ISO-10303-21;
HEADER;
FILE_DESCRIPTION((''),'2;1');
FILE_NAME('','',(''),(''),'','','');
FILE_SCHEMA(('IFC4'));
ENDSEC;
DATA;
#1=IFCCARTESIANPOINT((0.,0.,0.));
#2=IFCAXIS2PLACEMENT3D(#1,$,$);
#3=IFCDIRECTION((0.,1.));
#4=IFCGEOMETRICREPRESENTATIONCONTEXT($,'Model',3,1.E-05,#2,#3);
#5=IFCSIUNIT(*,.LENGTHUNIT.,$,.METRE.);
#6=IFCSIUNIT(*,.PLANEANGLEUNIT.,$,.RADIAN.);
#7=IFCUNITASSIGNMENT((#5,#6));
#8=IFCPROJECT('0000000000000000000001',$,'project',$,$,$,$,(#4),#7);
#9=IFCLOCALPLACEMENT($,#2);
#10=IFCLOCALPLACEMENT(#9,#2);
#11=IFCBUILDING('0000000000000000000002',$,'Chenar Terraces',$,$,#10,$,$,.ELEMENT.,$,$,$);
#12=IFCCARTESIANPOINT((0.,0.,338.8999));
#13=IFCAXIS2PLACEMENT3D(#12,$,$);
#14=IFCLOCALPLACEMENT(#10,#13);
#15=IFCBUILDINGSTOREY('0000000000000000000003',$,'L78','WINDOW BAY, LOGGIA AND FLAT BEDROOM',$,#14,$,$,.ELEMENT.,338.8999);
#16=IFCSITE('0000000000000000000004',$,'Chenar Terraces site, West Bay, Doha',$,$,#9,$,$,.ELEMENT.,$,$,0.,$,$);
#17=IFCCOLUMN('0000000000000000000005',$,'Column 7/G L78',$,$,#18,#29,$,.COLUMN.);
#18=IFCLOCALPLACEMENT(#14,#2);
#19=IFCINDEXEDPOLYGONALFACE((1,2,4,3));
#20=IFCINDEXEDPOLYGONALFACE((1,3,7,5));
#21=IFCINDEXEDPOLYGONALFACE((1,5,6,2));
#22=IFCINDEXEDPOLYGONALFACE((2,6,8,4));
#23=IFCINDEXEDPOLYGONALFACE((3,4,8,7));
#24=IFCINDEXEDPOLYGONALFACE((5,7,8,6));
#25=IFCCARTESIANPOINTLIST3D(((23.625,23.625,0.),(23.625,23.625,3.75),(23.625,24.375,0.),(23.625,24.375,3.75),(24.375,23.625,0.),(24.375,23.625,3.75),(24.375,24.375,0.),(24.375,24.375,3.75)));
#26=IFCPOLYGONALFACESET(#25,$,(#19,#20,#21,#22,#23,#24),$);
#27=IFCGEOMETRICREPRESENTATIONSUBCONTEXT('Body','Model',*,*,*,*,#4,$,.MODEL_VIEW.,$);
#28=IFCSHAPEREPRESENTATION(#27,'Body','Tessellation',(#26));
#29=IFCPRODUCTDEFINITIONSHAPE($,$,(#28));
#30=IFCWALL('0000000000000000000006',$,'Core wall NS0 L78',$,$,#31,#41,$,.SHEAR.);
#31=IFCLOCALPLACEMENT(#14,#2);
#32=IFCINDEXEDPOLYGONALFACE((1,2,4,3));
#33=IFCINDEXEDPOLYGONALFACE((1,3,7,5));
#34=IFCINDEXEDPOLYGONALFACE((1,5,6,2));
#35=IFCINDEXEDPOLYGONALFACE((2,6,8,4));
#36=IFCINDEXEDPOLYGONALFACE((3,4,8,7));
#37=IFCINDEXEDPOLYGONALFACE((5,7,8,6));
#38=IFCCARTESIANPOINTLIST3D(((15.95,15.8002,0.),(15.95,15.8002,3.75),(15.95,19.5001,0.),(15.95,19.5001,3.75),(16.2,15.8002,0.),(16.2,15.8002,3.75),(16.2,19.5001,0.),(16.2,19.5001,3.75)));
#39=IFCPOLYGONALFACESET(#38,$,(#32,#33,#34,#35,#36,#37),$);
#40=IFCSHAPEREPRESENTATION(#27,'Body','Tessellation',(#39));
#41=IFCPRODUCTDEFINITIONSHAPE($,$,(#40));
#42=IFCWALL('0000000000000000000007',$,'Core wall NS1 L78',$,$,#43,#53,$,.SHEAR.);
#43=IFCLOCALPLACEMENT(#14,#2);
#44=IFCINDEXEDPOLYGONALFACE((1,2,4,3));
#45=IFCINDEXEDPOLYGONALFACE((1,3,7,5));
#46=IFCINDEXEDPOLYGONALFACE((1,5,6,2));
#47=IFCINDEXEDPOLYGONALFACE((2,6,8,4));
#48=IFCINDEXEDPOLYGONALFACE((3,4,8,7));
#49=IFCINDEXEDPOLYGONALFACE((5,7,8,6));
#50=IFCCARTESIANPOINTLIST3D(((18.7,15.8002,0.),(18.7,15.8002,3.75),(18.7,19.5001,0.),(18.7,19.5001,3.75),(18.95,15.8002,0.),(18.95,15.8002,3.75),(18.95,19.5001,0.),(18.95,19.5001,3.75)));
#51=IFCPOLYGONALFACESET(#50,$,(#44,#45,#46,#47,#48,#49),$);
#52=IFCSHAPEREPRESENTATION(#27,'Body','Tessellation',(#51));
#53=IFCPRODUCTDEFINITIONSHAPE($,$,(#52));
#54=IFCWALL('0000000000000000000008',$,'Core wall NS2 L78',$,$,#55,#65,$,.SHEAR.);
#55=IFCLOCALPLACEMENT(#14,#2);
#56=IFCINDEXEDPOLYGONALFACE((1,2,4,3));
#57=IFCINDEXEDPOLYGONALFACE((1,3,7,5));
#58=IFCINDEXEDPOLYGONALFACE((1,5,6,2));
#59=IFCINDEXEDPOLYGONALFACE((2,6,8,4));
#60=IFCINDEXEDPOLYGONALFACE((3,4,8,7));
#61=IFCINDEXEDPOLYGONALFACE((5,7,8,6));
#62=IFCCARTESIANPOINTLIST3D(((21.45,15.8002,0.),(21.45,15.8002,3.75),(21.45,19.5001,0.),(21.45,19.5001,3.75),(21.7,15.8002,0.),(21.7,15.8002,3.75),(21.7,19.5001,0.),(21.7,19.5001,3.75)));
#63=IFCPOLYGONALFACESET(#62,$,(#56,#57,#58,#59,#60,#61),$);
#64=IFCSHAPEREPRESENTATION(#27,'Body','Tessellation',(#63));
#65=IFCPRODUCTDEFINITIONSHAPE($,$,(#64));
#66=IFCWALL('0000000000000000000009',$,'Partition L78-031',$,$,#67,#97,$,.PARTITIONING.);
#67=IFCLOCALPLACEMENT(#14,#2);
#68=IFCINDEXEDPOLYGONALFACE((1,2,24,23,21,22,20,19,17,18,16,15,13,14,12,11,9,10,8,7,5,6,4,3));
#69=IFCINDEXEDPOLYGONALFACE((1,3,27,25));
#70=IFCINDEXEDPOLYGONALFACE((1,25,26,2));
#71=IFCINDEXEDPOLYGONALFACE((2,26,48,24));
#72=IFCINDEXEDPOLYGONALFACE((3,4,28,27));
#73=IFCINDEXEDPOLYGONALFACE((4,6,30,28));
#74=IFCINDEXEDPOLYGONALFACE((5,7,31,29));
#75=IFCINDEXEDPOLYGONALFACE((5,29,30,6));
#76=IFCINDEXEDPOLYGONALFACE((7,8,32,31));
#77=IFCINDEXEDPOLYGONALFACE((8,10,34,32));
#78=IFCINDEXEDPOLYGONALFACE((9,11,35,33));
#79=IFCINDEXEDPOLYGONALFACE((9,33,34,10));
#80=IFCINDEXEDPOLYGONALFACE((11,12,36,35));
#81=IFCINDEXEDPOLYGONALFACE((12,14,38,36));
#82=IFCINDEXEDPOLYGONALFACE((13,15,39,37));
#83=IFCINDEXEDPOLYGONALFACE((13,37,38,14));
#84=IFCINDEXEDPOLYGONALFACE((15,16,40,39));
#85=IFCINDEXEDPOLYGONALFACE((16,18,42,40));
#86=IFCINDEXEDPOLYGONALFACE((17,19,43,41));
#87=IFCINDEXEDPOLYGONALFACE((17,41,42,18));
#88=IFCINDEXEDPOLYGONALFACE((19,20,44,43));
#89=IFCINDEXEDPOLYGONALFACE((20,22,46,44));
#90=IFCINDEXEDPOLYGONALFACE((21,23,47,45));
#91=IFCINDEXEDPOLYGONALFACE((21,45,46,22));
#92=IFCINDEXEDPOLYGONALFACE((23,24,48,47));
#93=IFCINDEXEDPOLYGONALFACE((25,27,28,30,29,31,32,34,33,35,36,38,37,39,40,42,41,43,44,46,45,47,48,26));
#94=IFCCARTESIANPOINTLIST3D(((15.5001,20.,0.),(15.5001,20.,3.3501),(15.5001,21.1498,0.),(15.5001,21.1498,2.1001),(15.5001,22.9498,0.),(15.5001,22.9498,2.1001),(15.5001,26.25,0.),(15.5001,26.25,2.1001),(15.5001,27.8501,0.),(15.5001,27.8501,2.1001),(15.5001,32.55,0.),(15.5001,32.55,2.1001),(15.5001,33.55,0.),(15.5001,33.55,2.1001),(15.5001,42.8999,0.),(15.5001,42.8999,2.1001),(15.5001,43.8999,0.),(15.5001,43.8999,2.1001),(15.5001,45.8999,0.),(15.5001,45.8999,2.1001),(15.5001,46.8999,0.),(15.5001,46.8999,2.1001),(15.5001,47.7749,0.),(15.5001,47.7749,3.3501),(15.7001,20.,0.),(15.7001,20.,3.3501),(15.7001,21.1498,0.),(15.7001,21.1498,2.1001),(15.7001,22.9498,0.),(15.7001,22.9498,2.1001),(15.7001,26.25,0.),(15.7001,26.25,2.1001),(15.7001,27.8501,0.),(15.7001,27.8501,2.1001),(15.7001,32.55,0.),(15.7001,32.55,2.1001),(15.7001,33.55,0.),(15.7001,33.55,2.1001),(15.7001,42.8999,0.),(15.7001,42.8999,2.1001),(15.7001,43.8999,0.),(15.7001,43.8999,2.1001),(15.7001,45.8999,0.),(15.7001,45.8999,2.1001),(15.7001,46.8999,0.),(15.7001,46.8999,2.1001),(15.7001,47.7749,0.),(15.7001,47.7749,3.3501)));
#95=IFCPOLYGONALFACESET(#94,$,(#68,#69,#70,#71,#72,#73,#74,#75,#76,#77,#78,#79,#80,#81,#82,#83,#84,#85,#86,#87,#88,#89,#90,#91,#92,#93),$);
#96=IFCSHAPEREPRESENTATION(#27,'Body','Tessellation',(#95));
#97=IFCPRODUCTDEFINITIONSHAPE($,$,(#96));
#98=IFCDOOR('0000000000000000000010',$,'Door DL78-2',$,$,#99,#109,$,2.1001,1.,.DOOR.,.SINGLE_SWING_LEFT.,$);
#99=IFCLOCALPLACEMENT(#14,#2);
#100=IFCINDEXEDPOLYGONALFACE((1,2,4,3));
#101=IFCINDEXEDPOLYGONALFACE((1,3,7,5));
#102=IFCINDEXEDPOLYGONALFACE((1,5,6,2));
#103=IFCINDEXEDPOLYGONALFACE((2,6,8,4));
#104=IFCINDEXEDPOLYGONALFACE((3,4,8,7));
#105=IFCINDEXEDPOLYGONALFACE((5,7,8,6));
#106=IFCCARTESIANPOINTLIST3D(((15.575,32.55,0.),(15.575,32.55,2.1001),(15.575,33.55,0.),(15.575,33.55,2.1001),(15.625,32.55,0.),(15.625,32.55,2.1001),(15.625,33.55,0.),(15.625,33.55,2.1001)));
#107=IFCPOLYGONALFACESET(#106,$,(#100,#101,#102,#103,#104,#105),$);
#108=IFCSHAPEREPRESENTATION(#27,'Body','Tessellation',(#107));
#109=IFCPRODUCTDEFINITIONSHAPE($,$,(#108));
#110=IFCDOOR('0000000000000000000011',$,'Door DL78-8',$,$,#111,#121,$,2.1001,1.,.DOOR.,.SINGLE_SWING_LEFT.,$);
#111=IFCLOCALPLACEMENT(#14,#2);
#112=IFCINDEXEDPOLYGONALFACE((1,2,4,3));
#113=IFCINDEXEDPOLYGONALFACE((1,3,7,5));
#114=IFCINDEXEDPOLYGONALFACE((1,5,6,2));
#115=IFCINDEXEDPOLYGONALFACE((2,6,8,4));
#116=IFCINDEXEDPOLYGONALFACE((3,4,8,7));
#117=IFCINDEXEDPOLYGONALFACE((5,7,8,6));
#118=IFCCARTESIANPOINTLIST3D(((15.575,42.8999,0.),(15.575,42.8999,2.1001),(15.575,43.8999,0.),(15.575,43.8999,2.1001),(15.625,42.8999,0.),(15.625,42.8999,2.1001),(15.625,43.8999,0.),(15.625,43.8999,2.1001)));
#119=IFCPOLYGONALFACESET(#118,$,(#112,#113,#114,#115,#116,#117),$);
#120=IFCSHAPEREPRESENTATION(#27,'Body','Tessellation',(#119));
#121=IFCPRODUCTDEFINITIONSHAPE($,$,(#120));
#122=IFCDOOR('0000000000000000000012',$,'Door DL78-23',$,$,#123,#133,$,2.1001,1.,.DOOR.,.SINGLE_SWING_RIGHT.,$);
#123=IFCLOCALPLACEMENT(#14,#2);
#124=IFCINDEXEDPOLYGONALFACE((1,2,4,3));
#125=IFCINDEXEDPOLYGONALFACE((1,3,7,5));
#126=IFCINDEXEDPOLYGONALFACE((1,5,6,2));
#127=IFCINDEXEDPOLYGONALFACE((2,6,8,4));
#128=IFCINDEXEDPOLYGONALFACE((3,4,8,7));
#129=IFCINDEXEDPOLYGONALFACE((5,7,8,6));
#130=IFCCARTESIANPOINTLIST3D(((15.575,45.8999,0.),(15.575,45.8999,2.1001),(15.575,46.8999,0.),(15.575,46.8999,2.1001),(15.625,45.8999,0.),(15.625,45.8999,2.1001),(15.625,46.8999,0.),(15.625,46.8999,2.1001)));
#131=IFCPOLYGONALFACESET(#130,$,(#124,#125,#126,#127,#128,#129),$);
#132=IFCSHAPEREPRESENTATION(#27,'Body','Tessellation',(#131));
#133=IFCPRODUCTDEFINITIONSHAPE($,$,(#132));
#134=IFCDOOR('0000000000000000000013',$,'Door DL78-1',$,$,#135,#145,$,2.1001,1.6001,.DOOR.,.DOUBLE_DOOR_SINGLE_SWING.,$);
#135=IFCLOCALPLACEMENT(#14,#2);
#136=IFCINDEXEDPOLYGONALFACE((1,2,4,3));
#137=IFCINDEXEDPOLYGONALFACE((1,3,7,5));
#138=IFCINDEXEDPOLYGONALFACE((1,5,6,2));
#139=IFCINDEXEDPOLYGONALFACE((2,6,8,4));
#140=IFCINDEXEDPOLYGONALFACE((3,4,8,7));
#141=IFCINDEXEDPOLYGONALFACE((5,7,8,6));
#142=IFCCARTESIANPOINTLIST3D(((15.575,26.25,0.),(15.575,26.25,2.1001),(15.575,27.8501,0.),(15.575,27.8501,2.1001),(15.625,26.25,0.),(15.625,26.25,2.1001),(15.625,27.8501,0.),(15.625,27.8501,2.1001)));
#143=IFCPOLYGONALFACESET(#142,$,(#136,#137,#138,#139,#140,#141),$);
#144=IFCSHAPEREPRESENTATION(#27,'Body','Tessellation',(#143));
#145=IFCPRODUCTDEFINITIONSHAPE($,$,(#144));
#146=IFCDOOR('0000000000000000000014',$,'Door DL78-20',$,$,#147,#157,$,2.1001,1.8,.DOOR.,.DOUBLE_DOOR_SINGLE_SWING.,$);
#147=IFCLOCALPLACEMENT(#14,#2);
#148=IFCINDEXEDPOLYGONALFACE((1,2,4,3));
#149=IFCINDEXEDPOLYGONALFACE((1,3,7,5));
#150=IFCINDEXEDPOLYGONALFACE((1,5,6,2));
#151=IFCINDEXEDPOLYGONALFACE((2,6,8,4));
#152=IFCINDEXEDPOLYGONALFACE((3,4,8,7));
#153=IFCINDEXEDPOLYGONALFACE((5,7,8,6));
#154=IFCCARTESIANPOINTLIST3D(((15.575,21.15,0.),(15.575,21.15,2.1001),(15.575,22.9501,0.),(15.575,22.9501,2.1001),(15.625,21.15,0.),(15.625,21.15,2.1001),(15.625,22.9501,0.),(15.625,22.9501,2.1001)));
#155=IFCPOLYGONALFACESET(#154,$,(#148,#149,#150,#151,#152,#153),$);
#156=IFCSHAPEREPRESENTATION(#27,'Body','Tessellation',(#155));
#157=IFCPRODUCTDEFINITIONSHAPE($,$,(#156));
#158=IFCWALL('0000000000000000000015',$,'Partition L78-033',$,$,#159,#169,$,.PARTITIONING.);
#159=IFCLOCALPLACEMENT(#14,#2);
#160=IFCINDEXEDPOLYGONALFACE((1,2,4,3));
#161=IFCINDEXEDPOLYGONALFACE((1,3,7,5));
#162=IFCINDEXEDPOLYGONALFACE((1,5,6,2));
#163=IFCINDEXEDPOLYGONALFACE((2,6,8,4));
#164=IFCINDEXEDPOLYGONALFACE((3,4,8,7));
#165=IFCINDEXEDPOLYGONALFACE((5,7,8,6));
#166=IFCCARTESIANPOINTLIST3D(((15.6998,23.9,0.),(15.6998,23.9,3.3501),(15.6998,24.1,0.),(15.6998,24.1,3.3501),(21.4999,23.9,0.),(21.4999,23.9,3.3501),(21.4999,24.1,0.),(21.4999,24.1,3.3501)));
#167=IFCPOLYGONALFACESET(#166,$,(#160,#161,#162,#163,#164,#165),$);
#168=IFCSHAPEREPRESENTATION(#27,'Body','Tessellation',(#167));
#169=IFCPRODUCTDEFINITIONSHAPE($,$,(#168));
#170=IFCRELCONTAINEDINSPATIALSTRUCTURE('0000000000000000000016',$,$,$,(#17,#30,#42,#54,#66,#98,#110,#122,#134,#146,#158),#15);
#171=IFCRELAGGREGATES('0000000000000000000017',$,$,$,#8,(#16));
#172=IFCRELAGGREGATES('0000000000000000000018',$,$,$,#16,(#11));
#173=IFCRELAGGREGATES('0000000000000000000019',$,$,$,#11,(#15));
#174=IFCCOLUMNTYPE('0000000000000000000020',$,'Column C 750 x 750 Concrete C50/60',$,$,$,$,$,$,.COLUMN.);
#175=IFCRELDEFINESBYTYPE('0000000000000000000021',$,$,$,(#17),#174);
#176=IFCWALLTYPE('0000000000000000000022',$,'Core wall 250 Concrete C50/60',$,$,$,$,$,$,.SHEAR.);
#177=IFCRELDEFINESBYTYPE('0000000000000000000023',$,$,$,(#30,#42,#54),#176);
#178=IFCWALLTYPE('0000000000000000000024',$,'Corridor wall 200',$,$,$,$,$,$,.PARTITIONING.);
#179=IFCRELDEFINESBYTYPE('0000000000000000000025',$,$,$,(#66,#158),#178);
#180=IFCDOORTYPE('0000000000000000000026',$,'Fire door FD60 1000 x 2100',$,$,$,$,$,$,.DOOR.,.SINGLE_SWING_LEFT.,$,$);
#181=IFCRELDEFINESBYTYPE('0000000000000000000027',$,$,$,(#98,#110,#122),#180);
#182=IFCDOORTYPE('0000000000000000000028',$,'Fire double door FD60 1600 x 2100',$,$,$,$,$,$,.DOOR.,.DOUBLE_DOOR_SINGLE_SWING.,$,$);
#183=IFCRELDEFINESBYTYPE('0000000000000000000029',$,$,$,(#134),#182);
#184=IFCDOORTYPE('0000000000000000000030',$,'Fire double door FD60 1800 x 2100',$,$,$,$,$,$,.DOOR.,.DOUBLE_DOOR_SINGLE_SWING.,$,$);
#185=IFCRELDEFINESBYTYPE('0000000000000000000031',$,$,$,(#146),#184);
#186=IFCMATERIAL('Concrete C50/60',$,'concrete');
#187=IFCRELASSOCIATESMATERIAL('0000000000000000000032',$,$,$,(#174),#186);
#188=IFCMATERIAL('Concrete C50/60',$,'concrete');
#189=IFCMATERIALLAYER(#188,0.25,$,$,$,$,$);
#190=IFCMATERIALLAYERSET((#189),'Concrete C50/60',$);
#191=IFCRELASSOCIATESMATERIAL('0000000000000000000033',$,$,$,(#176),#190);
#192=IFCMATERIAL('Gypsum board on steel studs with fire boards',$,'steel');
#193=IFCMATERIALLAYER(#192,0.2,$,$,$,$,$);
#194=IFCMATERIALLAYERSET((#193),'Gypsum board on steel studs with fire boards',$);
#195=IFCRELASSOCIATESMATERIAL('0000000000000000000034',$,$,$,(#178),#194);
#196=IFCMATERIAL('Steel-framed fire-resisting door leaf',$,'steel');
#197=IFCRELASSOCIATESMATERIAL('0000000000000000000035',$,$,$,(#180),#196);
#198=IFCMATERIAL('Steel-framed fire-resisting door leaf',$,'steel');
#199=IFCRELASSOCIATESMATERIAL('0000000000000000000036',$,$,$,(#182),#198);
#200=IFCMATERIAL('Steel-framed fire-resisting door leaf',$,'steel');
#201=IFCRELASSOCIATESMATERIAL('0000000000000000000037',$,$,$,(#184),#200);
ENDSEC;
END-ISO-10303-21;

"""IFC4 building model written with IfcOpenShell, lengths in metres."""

from ifc_helpers import new_model, si_unit, direction, frame, frame_2d, origin, origin_2d, place, context, subcontext, project, spatial, rectangle, extrude, material, layer, layer_set, material_profile, profile_set, type_object, element, fill, save


model = new_model("IFC4")

# Units and contexts
model_context = context("Model", 3, precision=1e-05, world=origin(), true_north=direction((0.0, 1.0)))
body_context = subcontext(model_context, "Body", "Model", "MODEL_VIEW")
ifc_project = project(units=[si_unit("LENGTHUNIT", "METRE"), si_unit("PLANEANGLEUNIT", "RADIAN")], contexts=[model_context])

# Site, building, storey
site_placement = place(None, origin())
site = spatial("IfcSite", under=ifc_project, at=site_placement, Name="Chenar Terraces site, West Bay, Doha", CompositionType="ELEMENT", RefElevation=0.0)
building_placement = place(site_placement, origin())
building = spatial("IfcBuilding", under=site, at=building_placement, Name="Chenar Terraces", CompositionType="ELEMENT")
storey_placement = place(building_placement, frame((0.0, 0.0, 338.8999)))
storey = spatial("IfcBuildingStorey", under=building, at=storey_placement, Name="L78", Description="WINDOW BAY, LOGGIA AND FLAT BEDROOM", CompositionType="ELEMENT", Elevation=338.8999)

# Column
ifc_material_1 = material(Name="Concrete C50/60", Category="concrete")
ifc_material_profile = material_profile(ifc_material_1, rectangle(XDim=0.75, YDim=0.75, at=origin_2d()), Name="C 750 x 750")
ifc_profile_set = profile_set([ifc_material_profile], Name="Concrete C50/60")
column_type = type_object("IfcColumnType", Name="Column C 750 x 750 Concrete C50/60", PredefinedType="COLUMN", material=ifc_profile_set)
column_placement = place(storey_placement, frame((24.0, 24.0, 0.0), z_axis=(0.0, 0.0, 1.0), x_axis=(1.0, 0.0, 0.0)))
element("IfcColumn", 1, at=column_placement, inside=storey, type_object=column_type, Name="Column 7/G L78", PredefinedType="COLUMN", context=body_context, shape_type="SweptSolid", body=[
    extrude(rectangle(XDim=0.75, YDim=0.75, at=origin_2d()), origin(), (0.0, 0.0, 1.0), 3.75),
])

# Walls
ifc_material_2 = material(Name="Concrete C50/60", Category="concrete")
ifc_layer_1 = layer(ifc_material_2, 0.25)
ifc_layer_set_1 = layer_set([ifc_layer_1], Name="Concrete C50/60")
wall_type_1 = type_object("IfcWallType", Name="Core wall 250 Concrete C50/60", PredefinedType="SHEAR", material=ifc_layer_set_1)
for number, where, z_axis, x_axis, name in (
    (2, (16.075, 15.8, 0.0), (0.0, 0.0, 1.0), (0.0, 1.0, 0.0), "Core wall NS0 L78"),
    (3, (18.825, 15.8, 0.0), (0.0, 0.0, 1.0), (0.0, 1.0, 0.0), "Core wall NS1 L78"),
    (4, (21.575, 15.8, 0.0), (0.0, 0.0, 1.0), (0.0, 1.0, 0.0), "Core wall NS2 L78"),
):
    element("IfcWall", number, at=place(storey_placement, frame(where, z_axis=z_axis, x_axis=x_axis)), inside=storey, type_object=wall_type_1, Name=name, PredefinedType="SHEAR", context=body_context, shape_type="SweptSolid", body=[
        extrude(rectangle(XDim=3.7, YDim=0.25, at=frame_2d((1.8501, 0.0))), origin(), (0.0, 0.0, 1.0), 3.75),
    ])

# Wall, openings, doors
ifc_material_3 = material(Name="Gypsum board on steel studs with fire boards", Category="steel")
ifc_layer_2 = layer(ifc_material_3, 0.2)
ifc_layer_set_2 = layer_set([ifc_layer_2], Name="Gypsum board on steel studs with fire boards")
wall_type_2 = type_object("IfcWallType", Name="Corridor wall 200", PredefinedType="PARTITIONING", material=ifc_layer_set_2)
wall_1_placement = place(storey_placement, frame((15.6001, 20.0, 0.0), z_axis=(0.0, 0.0, 1.0), x_axis=(0.0, 1.0, 0.0)))
wall_1 = element("IfcWall", 5, at=wall_1_placement, inside=storey, type_object=wall_type_2, Name="Partition L78-031", PredefinedType="PARTITIONING", context=body_context, shape_type="SweptSolid", body=[
    extrude(rectangle(XDim=27.7749, YDim=0.2, at=frame_2d((13.8875, 0.0))), origin(), (0.0, 0.0, 1.0), 3.3501),
])
opening_1_placement = place(wall_1_placement, frame((6.25, 0.0, 0.0)))
opening_1 = element("IfcOpeningElement", 6, at=opening_1_placement, cuts=wall_1, PredefinedType="OPENING", context=body_context, shape_type="SweptSolid", body=[
    extrude(rectangle(XDim=1.6001, YDim=2.1001, at=frame_2d((0.8, 1.05))), frame((0.0, 0.1099, 0.0), z_axis=(0.0, -1.0, 0.0), x_axis=(1.0, 0.0, 0.0)), (0.0, 0.0, 1.0), 0.22),
])
opening_2_placement = place(wall_1_placement, frame((12.55, 0.0, 0.0)))
opening_2 = element("IfcOpeningElement", 7, at=opening_2_placement, cuts=wall_1, PredefinedType="OPENING", context=body_context, shape_type="SweptSolid", body=[
    extrude(rectangle(XDim=1.0, YDim=2.1001, at=frame_2d((0.5, 1.05))), frame((0.0, 0.1099, 0.0), z_axis=(0.0, -1.0, 0.0), x_axis=(1.0, 0.0, 0.0)), (0.0, 0.0, 1.0), 0.22),
])
opening_3_placement = place(wall_1_placement, frame((22.8999, 0.0, 0.0)))
opening_3 = element("IfcOpeningElement", 8, at=opening_3_placement, cuts=wall_1, PredefinedType="OPENING", context=body_context, shape_type="SweptSolid", body=[
    extrude(rectangle(XDim=1.0, YDim=2.1001, at=frame_2d((0.5, 1.05))), frame((0.0, 0.1099, 0.0), z_axis=(0.0, -1.0, 0.0), x_axis=(1.0, 0.0, 0.0)), (0.0, 0.0, 1.0), 0.22),
])
opening_4_placement = place(wall_1_placement, frame((1.1499, 0.0, 0.0)))
opening_4 = element("IfcOpeningElement", 9, at=opening_4_placement, cuts=wall_1, PredefinedType="OPENING", context=body_context, shape_type="SweptSolid", body=[
    extrude(rectangle(XDim=1.8, YDim=2.1001, at=frame_2d((0.8999, 1.05))), frame((0.0, 0.1099, 0.0), z_axis=(0.0, -1.0, 0.0), x_axis=(1.0, 0.0, 0.0)), (0.0, 0.0, 1.0), 0.22),
])
opening_5_placement = place(wall_1_placement, frame((25.8999, 0.0, 0.0)))
opening_5 = element("IfcOpeningElement", 10, at=opening_5_placement, cuts=wall_1, PredefinedType="OPENING", context=body_context, shape_type="SweptSolid", body=[
    extrude(rectangle(XDim=1.0, YDim=2.1001, at=frame_2d((0.5, 1.05))), frame((0.0, 0.1099, 0.0), z_axis=(0.0, -1.0, 0.0), x_axis=(1.0, 0.0, 0.0)), (0.0, 0.0, 1.0), 0.22),
])
ifc_material_4 = material(Name="Steel-framed fire-resisting door leaf", Category="steel")
door_type_1 = type_object("IfcDoorType", Name="Fire door FD60 1000 x 2100", OperationType="SINGLE_SWING_LEFT", PredefinedType="DOOR", material=ifc_material_4)
door_1_placement = place(opening_2_placement, frame((1.0, 0.0, 0.0), z_axis=(0.0, 0.0, 1.0), x_axis=(-1.0, 0.0, 0.0)))
door_1 = element("IfcDoor", 11, at=door_1_placement, inside=storey, type_object=door_type_1, Name="Door DL78-2", OperationType="SINGLE_SWING_LEFT", OverallHeight=2.1001, OverallWidth=1.0, PredefinedType="DOOR", context=body_context, shape_type="SweptSolid", body=[
    extrude(rectangle(XDim=1.0, YDim=2.1001, at=frame_2d((0.5, 1.05))), frame((0.0, 0.0249, 0.0), z_axis=(0.0, -1.0, 0.0), x_axis=(1.0, 0.0, 0.0)), (0.0, 0.0, 1.0), 0.05),
])
fill(opening_2, door_1)
door_2_placement = place(opening_3_placement, frame((1.0, 0.0, 0.0), z_axis=(0.0, 0.0, 1.0), x_axis=(-1.0, 0.0, 0.0)))
door_2 = element("IfcDoor", 12, at=door_2_placement, inside=storey, type_object=door_type_1, Name="Door DL78-8", OperationType="SINGLE_SWING_LEFT", OverallHeight=2.1001, OverallWidth=1.0, PredefinedType="DOOR", context=body_context, shape_type="SweptSolid", body=[
    extrude(rectangle(XDim=1.0, YDim=2.1001, at=frame_2d((0.5, 1.05))), frame((0.0, 0.0249, 0.0), z_axis=(0.0, -1.0, 0.0), x_axis=(1.0, 0.0, 0.0)), (0.0, 0.0, 1.0), 0.05),
])
fill(opening_3, door_2)
door_3_placement = place(opening_5_placement, frame((1.0, 0.0, 0.0), z_axis=(0.0, 0.0, 1.0), x_axis=(-1.0, 0.0, 0.0)))
door_3 = element("IfcDoor", 13, at=door_3_placement, inside=storey, type_object=door_type_1, Name="Door DL78-23", OperationType="SINGLE_SWING_RIGHT", OverallHeight=2.1001, OverallWidth=1.0, PredefinedType="DOOR", context=body_context, shape_type="SweptSolid", body=[
    extrude(rectangle(XDim=1.0, YDim=2.1001, at=frame_2d((0.5, 1.05))), frame((0.0, 0.0249, 0.0), z_axis=(0.0, -1.0, 0.0), x_axis=(1.0, 0.0, 0.0)), (0.0, 0.0, 1.0), 0.05),
])
fill(opening_5, door_3)
ifc_material_5 = material(Name="Steel-framed fire-resisting door leaf", Category="steel")
door_type_2 = type_object("IfcDoorType", Name="Fire double door FD60 1600 x 2100", OperationType="DOUBLE_DOOR_SINGLE_SWING", PredefinedType="DOOR", material=ifc_material_5)
door_4_placement = place(opening_1_placement, frame((1.6001, 0.0, 0.0), z_axis=(0.0, 0.0, 1.0), x_axis=(-1.0, 0.0, 0.0)))
door_4 = element("IfcDoor", 14, at=door_4_placement, inside=storey, type_object=door_type_2, Name="Door DL78-1", OperationType="DOUBLE_DOOR_SINGLE_SWING", OverallHeight=2.1001, OverallWidth=1.6001, PredefinedType="DOOR", context=body_context, shape_type="SweptSolid", body=[
    extrude(rectangle(XDim=1.6001, YDim=2.1001, at=frame_2d((0.8, 1.05))), frame((0.0, 0.0249, 0.0), z_axis=(0.0, -1.0, 0.0), x_axis=(1.0, 0.0, 0.0)), (0.0, 0.0, 1.0), 0.05),
])
fill(opening_1, door_4)
ifc_material_6 = material(Name="Steel-framed fire-resisting door leaf", Category="steel")
door_type_3 = type_object("IfcDoorType", Name="Fire double door FD60 1800 x 2100", OperationType="DOUBLE_DOOR_SINGLE_SWING", PredefinedType="DOOR", material=ifc_material_6)
door_5_placement = place(opening_4_placement, frame((1.8, 0.0, 0.0), z_axis=(0.0, 0.0, 1.0), x_axis=(-1.0, 0.0, 0.0)))
door_5 = element("IfcDoor", 15, at=door_5_placement, inside=storey, type_object=door_type_3, Name="Door DL78-20", OperationType="DOUBLE_DOOR_SINGLE_SWING", OverallHeight=2.1001, OverallWidth=1.8, PredefinedType="DOOR", context=body_context, shape_type="SweptSolid", body=[
    extrude(rectangle(XDim=1.8, YDim=2.1001, at=frame_2d((0.8999, 1.05))), frame((0.0, 0.0249, 0.0), z_axis=(0.0, -1.0, 0.0), x_axis=(1.0, 0.0, 0.0)), (0.0, 0.0, 1.0), 0.05),
])
fill(opening_4, door_5)

# Wall
wall_2_placement = place(storey_placement, frame((15.7, 24.0, 0.0), z_axis=(0.0, 0.0, 1.0), x_axis=(1.0, 0.0, 0.0)))
element("IfcWall", 16, at=wall_2_placement, inside=storey, type_object=wall_type_2, Name="Partition L78-033", PredefinedType="PARTITIONING", context=body_context, shape_type="SweptSolid", body=[
    extrude(rectangle(XDim=5.8, YDim=0.2, at=frame_2d((2.8999, 0.0))), origin(), (0.0, 0.0, 1.0), 3.3501),
])

save(model, "model.ifc")
